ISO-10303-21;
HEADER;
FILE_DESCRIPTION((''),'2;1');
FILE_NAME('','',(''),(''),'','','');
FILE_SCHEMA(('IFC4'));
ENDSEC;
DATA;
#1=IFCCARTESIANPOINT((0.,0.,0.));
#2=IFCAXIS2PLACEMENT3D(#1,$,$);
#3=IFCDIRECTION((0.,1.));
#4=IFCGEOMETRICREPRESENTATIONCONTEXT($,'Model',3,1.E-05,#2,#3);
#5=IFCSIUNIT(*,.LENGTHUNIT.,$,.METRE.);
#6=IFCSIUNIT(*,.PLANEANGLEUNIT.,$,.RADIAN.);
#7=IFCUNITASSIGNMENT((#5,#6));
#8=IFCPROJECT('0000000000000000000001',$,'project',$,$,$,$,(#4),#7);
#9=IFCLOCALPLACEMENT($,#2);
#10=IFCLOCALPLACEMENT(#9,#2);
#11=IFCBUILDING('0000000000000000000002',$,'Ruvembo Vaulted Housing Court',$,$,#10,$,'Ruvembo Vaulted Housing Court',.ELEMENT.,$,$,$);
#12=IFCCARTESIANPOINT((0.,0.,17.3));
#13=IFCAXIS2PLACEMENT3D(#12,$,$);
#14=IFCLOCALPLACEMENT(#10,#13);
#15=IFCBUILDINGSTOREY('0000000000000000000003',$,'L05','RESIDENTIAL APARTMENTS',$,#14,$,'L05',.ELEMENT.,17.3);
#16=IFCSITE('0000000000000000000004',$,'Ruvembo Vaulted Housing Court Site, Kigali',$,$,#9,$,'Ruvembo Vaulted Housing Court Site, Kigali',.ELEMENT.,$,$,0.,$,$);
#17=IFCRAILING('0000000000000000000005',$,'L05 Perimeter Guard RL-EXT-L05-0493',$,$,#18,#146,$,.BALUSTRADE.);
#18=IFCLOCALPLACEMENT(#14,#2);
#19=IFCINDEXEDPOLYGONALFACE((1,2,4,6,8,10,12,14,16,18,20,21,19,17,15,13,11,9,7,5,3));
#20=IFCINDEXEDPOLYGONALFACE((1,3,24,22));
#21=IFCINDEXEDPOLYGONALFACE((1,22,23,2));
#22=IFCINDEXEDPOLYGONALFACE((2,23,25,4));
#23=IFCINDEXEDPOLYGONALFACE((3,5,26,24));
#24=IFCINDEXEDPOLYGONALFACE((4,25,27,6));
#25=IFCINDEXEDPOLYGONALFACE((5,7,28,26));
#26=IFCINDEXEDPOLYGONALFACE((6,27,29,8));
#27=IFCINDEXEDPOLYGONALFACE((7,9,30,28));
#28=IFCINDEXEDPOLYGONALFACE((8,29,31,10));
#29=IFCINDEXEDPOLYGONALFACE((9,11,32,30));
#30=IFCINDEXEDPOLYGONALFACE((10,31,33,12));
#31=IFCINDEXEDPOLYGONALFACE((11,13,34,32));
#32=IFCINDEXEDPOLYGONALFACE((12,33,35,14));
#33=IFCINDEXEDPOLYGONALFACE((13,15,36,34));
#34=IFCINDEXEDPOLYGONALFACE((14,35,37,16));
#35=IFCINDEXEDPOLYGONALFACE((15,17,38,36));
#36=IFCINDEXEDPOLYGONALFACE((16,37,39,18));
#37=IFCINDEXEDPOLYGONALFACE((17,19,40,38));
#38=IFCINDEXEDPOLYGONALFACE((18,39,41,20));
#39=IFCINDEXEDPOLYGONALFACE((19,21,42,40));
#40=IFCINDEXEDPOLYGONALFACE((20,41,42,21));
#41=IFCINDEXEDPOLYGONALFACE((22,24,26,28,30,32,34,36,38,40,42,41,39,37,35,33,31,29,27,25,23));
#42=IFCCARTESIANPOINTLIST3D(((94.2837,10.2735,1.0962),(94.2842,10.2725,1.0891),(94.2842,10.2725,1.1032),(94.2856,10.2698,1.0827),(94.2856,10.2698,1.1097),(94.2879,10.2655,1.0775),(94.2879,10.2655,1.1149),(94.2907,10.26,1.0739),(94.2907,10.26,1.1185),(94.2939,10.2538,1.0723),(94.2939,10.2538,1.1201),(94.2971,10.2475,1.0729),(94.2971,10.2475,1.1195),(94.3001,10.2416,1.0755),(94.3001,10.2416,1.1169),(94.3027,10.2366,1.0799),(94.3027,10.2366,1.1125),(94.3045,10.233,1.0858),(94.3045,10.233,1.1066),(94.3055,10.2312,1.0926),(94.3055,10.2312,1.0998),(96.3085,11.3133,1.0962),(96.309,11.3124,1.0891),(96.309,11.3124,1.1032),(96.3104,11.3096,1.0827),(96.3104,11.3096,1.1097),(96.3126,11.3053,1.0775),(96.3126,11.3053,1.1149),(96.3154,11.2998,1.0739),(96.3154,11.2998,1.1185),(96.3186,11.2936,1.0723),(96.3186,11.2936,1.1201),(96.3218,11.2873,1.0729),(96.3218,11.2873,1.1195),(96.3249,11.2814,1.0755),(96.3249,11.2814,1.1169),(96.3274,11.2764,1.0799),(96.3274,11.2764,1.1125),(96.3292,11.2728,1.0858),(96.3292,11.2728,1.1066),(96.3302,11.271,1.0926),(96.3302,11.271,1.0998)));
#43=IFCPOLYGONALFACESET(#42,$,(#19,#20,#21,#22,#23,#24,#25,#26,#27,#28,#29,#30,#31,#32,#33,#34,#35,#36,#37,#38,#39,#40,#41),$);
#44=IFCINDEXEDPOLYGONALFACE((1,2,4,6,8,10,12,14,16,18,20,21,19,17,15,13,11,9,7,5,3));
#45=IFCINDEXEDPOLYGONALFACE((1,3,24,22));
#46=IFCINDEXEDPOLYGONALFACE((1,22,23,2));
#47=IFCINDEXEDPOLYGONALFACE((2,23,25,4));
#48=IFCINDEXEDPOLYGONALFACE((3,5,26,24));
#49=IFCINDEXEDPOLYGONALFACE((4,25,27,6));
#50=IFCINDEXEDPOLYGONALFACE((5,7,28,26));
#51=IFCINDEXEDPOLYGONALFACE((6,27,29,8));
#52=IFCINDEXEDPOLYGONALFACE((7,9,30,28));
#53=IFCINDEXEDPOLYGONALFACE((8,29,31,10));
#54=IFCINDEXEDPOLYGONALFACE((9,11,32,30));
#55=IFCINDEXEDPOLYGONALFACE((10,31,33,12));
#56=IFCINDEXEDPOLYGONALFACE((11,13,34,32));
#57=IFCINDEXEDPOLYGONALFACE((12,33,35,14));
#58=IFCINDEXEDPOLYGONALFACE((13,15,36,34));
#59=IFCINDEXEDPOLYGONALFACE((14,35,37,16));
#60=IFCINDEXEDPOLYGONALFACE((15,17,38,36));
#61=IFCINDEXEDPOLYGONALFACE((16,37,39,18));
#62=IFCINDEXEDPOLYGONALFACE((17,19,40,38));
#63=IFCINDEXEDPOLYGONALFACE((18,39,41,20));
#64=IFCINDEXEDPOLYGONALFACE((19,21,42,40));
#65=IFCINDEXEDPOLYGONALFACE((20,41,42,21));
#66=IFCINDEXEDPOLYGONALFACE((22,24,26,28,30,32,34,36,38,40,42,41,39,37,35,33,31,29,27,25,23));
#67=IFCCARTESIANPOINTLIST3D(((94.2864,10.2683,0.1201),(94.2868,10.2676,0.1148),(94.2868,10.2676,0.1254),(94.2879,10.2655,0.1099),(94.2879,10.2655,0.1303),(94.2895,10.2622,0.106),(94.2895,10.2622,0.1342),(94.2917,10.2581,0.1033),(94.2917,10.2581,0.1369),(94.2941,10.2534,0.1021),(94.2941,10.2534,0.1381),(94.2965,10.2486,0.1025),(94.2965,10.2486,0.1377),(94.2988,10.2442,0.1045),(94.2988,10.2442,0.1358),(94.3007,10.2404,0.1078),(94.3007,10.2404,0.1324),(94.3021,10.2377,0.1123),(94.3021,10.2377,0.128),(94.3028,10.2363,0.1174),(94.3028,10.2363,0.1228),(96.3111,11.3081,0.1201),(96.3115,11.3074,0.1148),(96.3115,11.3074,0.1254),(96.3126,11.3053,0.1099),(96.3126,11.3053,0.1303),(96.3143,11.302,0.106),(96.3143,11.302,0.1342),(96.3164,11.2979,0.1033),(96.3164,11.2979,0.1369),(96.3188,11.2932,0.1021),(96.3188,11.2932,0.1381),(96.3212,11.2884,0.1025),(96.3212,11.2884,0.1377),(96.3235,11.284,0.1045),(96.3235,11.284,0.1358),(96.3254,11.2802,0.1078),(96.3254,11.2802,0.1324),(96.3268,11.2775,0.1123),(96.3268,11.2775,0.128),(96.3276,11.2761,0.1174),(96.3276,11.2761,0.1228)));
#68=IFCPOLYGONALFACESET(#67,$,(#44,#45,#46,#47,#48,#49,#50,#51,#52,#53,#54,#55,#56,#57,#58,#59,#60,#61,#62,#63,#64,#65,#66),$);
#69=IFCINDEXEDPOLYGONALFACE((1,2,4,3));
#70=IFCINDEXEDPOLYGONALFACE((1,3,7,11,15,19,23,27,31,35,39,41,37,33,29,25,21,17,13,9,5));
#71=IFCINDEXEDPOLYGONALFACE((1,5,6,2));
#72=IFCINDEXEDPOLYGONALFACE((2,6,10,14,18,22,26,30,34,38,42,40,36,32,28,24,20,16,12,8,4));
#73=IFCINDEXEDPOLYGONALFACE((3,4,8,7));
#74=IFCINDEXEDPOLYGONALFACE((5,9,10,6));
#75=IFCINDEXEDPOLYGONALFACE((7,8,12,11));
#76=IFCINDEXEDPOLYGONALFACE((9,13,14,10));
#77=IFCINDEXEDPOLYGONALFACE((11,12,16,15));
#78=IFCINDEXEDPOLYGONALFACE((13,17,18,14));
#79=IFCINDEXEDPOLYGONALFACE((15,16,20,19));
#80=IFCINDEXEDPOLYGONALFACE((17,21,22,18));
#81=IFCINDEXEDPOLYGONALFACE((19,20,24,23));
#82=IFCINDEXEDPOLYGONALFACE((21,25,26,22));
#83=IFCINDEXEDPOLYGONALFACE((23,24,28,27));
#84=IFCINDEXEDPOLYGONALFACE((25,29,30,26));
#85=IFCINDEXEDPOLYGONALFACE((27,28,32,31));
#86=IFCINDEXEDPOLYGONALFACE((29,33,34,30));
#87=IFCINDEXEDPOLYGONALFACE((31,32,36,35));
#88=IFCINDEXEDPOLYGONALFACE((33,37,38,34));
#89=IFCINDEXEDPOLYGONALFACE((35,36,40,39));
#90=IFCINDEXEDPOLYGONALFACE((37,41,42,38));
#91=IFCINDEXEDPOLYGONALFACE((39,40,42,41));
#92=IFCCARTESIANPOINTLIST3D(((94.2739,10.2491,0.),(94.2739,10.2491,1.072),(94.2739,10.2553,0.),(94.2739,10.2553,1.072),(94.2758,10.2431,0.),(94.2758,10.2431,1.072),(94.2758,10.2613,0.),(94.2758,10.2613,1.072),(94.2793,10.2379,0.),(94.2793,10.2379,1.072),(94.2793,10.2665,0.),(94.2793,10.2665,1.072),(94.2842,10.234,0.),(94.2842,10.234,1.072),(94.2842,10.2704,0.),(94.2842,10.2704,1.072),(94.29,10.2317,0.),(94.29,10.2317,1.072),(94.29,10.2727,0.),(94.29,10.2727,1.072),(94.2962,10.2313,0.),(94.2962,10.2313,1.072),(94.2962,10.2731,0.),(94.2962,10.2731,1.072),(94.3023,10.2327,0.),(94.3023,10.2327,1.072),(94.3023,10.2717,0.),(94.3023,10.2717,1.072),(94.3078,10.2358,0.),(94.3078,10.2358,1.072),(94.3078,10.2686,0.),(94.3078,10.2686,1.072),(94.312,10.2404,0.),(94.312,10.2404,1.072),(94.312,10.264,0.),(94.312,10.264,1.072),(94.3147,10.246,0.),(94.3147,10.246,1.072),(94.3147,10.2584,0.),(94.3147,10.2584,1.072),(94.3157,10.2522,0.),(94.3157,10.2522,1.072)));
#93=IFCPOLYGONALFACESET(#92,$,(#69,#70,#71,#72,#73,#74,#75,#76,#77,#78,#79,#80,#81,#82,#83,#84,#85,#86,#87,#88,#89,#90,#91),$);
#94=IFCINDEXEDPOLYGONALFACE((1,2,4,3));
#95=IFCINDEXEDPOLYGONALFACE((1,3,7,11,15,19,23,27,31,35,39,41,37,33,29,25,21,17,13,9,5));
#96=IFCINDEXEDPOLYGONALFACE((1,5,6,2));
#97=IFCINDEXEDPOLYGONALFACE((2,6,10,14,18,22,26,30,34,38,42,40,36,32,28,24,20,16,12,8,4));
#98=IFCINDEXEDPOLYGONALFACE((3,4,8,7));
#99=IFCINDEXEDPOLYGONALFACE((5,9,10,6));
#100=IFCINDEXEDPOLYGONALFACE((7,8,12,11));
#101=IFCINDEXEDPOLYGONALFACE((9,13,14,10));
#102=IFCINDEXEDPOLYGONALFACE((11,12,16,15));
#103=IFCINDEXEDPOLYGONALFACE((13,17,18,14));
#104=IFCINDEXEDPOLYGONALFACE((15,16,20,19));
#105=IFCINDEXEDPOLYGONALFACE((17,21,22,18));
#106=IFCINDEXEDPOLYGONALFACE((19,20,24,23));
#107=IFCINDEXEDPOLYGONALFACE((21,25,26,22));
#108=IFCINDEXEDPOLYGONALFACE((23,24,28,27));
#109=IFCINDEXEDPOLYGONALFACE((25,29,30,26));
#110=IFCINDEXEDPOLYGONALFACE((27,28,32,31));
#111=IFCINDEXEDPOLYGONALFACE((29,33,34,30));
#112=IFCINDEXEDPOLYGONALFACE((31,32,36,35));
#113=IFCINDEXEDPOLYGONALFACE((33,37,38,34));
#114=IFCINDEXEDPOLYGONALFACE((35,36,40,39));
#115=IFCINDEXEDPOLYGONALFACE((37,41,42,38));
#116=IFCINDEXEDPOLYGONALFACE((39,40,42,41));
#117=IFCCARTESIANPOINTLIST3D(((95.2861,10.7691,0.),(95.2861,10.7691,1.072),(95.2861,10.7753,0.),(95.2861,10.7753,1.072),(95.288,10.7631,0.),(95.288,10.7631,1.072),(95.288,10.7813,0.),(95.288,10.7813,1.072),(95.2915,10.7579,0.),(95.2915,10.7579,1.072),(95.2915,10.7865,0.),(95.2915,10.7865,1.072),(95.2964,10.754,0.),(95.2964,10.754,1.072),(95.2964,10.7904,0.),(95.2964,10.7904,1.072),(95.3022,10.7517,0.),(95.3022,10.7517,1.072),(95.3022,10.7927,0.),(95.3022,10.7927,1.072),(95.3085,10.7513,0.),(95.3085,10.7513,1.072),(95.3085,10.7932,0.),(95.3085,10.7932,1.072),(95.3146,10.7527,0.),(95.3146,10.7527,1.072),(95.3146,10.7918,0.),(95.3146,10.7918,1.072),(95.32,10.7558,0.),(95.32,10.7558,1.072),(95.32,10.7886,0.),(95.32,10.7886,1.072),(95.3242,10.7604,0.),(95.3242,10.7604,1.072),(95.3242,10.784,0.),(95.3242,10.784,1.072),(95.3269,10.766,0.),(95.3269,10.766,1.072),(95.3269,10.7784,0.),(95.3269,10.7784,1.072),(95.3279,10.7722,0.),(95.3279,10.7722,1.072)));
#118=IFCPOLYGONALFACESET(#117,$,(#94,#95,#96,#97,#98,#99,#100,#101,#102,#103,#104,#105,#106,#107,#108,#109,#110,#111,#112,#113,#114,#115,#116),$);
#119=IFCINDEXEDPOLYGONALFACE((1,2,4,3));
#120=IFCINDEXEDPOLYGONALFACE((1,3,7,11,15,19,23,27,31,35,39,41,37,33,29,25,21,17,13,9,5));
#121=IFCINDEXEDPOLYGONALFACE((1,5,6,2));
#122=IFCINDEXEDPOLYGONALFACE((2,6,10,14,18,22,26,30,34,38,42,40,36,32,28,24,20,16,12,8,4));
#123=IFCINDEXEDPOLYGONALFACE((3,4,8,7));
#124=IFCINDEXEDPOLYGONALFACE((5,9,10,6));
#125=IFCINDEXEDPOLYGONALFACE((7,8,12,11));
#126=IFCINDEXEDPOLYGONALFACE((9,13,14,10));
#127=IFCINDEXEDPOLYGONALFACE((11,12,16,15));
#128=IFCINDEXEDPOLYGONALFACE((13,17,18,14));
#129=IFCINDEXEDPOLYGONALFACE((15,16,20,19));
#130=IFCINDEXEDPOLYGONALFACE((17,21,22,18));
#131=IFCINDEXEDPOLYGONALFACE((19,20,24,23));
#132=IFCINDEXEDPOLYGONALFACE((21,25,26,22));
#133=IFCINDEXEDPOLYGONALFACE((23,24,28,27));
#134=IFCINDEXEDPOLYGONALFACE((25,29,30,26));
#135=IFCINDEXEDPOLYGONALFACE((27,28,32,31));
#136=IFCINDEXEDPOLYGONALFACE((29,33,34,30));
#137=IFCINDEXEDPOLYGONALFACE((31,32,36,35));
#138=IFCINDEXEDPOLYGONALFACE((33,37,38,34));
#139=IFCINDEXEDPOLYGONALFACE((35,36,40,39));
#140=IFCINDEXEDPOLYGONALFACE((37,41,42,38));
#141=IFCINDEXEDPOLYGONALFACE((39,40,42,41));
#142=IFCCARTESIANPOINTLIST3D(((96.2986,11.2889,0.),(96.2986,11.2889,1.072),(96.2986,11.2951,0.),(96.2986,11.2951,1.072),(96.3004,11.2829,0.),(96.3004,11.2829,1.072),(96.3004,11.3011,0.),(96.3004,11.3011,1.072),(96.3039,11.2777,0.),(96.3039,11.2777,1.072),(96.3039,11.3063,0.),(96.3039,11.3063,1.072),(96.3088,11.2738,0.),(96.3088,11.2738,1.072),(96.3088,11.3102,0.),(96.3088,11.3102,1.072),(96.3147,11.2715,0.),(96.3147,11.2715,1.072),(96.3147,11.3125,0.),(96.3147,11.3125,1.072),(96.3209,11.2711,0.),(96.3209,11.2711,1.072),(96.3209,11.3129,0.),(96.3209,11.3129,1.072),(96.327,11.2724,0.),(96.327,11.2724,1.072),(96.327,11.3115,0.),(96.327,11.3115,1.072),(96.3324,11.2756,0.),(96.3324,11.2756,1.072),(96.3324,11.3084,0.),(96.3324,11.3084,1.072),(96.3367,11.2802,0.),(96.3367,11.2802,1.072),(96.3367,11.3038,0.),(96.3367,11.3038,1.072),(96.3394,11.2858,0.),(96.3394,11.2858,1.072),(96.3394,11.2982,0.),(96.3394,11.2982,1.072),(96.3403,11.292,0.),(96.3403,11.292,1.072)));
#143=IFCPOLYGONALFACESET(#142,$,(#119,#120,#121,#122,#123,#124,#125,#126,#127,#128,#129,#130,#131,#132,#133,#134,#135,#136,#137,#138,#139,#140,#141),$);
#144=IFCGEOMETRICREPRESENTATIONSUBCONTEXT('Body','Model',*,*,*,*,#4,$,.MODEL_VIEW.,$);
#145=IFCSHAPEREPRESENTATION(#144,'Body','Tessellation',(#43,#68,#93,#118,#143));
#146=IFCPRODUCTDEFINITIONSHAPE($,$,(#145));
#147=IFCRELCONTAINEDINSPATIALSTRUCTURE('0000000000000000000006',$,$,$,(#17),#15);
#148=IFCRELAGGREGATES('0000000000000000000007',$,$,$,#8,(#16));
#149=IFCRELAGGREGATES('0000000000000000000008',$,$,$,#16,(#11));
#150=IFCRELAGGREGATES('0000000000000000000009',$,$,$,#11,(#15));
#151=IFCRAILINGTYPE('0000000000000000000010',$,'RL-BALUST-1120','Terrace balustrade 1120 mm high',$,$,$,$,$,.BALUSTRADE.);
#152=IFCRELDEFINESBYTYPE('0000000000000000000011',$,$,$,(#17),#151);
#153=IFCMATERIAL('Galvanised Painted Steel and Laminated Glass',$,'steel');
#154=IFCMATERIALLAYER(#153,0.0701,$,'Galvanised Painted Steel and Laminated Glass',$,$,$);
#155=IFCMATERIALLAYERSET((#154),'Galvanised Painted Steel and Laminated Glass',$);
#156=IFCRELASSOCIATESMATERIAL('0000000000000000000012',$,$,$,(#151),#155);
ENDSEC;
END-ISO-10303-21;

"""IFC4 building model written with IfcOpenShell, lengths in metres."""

from ifc_helpers import new_model, si_unit, direction, frame, origin, origin_2d, place, context, subcontext, project, spatial, circle, extrude, material, layer, layer_set, type_object, element, save


model = new_model("IFC4")

# Units and contexts
model_context = context("Model", 3, precision=1e-05, world=origin(), true_north=direction((0.0, 1.0)))
body_context = subcontext(model_context, "Body", "Model", "MODEL_VIEW")
ifc_project = project(units=[si_unit("LENGTHUNIT", "METRE"), si_unit("PLANEANGLEUNIT", "RADIAN")], contexts=[model_context])

# Site, building, storey
site_placement = place(None, origin())
site = spatial("IfcSite", under=ifc_project, at=site_placement, Name="Ruvembo Vaulted Housing Court Site, Kigali", LongName="Ruvembo Vaulted Housing Court Site, Kigali", CompositionType="ELEMENT", RefElevation=0.0)
building_placement = place(site_placement, origin())
building = spatial("IfcBuilding", under=site, at=building_placement, Name="Ruvembo Vaulted Housing Court", LongName="Ruvembo Vaulted Housing Court", CompositionType="ELEMENT")
storey_placement = place(building_placement, frame((0.0, 0.0, 17.3)))
storey = spatial("IfcBuildingStorey", under=building, at=storey_placement, Name="L05", Description="RESIDENTIAL APARTMENTS", LongName="L05", CompositionType="ELEMENT", Elevation=17.3)

# Railing
ifc_material_1 = material(Name="Galvanised Painted Steel and Laminated Glass", Category="steel")
ifc_layer_1 = layer(ifc_material_1, 0.0701, Name="Galvanised Painted Steel and Laminated Glass")
ifc_layer_set_1 = layer_set([ifc_layer_1], Name="Galvanised Painted Steel and Laminated Glass")
railing_type_1 = type_object("IfcRailingType", Name="RL-BALUST-1120", Description="Terrace balustrade 1120 mm high", PredefinedType="BALUSTRADE", material=ifc_layer_set_1)
railing_1_placement = place(storey_placement, frame((94.2947, 10.2522, 0.0)))
element("IfcRailing", 1, at=railing_1_placement, inside=storey, type_object=railing_type_1, Name="L05 Perimeter Guard RL-EXT-L05-0493", PredefinedType="BALUSTRADE", context=body_context, shape_type="SweptSolid", body=[
    extrude(circle(Radius=0.0239, at=origin_2d()), frame((0.0, 0.0, 1.0962), z_axis=(0.889548, 0.456841, 0.0), x_axis=(-0.456841, 0.889548, 0.0)), (0.0, 0.0, 1.0), 2.2761),
    extrude(circle(Radius=0.0181, at=origin_2d()), frame((0.0, 0.0, 0.1201), z_axis=(0.889548, 0.456841, 0.0), x_axis=(-0.456841, 0.889548, 0.0)), (0.0, 0.0, 1.0), 2.2761),
    extrude(circle(Radius=0.021, at=origin_2d()), origin(), (0.0, 0.0, 1.0), 1.072),
    extrude(circle(Radius=0.021, at=origin_2d()), frame((1.0122, 0.52, 0.0)), (0.0, 0.0, 1.0), 1.072),
    extrude(circle(Radius=0.021, at=origin_2d()), frame((2.0247, 1.0398, 0.0)), (0.0, 0.0, 1.0), 1.072),
])

save(model, "model.ifc")
